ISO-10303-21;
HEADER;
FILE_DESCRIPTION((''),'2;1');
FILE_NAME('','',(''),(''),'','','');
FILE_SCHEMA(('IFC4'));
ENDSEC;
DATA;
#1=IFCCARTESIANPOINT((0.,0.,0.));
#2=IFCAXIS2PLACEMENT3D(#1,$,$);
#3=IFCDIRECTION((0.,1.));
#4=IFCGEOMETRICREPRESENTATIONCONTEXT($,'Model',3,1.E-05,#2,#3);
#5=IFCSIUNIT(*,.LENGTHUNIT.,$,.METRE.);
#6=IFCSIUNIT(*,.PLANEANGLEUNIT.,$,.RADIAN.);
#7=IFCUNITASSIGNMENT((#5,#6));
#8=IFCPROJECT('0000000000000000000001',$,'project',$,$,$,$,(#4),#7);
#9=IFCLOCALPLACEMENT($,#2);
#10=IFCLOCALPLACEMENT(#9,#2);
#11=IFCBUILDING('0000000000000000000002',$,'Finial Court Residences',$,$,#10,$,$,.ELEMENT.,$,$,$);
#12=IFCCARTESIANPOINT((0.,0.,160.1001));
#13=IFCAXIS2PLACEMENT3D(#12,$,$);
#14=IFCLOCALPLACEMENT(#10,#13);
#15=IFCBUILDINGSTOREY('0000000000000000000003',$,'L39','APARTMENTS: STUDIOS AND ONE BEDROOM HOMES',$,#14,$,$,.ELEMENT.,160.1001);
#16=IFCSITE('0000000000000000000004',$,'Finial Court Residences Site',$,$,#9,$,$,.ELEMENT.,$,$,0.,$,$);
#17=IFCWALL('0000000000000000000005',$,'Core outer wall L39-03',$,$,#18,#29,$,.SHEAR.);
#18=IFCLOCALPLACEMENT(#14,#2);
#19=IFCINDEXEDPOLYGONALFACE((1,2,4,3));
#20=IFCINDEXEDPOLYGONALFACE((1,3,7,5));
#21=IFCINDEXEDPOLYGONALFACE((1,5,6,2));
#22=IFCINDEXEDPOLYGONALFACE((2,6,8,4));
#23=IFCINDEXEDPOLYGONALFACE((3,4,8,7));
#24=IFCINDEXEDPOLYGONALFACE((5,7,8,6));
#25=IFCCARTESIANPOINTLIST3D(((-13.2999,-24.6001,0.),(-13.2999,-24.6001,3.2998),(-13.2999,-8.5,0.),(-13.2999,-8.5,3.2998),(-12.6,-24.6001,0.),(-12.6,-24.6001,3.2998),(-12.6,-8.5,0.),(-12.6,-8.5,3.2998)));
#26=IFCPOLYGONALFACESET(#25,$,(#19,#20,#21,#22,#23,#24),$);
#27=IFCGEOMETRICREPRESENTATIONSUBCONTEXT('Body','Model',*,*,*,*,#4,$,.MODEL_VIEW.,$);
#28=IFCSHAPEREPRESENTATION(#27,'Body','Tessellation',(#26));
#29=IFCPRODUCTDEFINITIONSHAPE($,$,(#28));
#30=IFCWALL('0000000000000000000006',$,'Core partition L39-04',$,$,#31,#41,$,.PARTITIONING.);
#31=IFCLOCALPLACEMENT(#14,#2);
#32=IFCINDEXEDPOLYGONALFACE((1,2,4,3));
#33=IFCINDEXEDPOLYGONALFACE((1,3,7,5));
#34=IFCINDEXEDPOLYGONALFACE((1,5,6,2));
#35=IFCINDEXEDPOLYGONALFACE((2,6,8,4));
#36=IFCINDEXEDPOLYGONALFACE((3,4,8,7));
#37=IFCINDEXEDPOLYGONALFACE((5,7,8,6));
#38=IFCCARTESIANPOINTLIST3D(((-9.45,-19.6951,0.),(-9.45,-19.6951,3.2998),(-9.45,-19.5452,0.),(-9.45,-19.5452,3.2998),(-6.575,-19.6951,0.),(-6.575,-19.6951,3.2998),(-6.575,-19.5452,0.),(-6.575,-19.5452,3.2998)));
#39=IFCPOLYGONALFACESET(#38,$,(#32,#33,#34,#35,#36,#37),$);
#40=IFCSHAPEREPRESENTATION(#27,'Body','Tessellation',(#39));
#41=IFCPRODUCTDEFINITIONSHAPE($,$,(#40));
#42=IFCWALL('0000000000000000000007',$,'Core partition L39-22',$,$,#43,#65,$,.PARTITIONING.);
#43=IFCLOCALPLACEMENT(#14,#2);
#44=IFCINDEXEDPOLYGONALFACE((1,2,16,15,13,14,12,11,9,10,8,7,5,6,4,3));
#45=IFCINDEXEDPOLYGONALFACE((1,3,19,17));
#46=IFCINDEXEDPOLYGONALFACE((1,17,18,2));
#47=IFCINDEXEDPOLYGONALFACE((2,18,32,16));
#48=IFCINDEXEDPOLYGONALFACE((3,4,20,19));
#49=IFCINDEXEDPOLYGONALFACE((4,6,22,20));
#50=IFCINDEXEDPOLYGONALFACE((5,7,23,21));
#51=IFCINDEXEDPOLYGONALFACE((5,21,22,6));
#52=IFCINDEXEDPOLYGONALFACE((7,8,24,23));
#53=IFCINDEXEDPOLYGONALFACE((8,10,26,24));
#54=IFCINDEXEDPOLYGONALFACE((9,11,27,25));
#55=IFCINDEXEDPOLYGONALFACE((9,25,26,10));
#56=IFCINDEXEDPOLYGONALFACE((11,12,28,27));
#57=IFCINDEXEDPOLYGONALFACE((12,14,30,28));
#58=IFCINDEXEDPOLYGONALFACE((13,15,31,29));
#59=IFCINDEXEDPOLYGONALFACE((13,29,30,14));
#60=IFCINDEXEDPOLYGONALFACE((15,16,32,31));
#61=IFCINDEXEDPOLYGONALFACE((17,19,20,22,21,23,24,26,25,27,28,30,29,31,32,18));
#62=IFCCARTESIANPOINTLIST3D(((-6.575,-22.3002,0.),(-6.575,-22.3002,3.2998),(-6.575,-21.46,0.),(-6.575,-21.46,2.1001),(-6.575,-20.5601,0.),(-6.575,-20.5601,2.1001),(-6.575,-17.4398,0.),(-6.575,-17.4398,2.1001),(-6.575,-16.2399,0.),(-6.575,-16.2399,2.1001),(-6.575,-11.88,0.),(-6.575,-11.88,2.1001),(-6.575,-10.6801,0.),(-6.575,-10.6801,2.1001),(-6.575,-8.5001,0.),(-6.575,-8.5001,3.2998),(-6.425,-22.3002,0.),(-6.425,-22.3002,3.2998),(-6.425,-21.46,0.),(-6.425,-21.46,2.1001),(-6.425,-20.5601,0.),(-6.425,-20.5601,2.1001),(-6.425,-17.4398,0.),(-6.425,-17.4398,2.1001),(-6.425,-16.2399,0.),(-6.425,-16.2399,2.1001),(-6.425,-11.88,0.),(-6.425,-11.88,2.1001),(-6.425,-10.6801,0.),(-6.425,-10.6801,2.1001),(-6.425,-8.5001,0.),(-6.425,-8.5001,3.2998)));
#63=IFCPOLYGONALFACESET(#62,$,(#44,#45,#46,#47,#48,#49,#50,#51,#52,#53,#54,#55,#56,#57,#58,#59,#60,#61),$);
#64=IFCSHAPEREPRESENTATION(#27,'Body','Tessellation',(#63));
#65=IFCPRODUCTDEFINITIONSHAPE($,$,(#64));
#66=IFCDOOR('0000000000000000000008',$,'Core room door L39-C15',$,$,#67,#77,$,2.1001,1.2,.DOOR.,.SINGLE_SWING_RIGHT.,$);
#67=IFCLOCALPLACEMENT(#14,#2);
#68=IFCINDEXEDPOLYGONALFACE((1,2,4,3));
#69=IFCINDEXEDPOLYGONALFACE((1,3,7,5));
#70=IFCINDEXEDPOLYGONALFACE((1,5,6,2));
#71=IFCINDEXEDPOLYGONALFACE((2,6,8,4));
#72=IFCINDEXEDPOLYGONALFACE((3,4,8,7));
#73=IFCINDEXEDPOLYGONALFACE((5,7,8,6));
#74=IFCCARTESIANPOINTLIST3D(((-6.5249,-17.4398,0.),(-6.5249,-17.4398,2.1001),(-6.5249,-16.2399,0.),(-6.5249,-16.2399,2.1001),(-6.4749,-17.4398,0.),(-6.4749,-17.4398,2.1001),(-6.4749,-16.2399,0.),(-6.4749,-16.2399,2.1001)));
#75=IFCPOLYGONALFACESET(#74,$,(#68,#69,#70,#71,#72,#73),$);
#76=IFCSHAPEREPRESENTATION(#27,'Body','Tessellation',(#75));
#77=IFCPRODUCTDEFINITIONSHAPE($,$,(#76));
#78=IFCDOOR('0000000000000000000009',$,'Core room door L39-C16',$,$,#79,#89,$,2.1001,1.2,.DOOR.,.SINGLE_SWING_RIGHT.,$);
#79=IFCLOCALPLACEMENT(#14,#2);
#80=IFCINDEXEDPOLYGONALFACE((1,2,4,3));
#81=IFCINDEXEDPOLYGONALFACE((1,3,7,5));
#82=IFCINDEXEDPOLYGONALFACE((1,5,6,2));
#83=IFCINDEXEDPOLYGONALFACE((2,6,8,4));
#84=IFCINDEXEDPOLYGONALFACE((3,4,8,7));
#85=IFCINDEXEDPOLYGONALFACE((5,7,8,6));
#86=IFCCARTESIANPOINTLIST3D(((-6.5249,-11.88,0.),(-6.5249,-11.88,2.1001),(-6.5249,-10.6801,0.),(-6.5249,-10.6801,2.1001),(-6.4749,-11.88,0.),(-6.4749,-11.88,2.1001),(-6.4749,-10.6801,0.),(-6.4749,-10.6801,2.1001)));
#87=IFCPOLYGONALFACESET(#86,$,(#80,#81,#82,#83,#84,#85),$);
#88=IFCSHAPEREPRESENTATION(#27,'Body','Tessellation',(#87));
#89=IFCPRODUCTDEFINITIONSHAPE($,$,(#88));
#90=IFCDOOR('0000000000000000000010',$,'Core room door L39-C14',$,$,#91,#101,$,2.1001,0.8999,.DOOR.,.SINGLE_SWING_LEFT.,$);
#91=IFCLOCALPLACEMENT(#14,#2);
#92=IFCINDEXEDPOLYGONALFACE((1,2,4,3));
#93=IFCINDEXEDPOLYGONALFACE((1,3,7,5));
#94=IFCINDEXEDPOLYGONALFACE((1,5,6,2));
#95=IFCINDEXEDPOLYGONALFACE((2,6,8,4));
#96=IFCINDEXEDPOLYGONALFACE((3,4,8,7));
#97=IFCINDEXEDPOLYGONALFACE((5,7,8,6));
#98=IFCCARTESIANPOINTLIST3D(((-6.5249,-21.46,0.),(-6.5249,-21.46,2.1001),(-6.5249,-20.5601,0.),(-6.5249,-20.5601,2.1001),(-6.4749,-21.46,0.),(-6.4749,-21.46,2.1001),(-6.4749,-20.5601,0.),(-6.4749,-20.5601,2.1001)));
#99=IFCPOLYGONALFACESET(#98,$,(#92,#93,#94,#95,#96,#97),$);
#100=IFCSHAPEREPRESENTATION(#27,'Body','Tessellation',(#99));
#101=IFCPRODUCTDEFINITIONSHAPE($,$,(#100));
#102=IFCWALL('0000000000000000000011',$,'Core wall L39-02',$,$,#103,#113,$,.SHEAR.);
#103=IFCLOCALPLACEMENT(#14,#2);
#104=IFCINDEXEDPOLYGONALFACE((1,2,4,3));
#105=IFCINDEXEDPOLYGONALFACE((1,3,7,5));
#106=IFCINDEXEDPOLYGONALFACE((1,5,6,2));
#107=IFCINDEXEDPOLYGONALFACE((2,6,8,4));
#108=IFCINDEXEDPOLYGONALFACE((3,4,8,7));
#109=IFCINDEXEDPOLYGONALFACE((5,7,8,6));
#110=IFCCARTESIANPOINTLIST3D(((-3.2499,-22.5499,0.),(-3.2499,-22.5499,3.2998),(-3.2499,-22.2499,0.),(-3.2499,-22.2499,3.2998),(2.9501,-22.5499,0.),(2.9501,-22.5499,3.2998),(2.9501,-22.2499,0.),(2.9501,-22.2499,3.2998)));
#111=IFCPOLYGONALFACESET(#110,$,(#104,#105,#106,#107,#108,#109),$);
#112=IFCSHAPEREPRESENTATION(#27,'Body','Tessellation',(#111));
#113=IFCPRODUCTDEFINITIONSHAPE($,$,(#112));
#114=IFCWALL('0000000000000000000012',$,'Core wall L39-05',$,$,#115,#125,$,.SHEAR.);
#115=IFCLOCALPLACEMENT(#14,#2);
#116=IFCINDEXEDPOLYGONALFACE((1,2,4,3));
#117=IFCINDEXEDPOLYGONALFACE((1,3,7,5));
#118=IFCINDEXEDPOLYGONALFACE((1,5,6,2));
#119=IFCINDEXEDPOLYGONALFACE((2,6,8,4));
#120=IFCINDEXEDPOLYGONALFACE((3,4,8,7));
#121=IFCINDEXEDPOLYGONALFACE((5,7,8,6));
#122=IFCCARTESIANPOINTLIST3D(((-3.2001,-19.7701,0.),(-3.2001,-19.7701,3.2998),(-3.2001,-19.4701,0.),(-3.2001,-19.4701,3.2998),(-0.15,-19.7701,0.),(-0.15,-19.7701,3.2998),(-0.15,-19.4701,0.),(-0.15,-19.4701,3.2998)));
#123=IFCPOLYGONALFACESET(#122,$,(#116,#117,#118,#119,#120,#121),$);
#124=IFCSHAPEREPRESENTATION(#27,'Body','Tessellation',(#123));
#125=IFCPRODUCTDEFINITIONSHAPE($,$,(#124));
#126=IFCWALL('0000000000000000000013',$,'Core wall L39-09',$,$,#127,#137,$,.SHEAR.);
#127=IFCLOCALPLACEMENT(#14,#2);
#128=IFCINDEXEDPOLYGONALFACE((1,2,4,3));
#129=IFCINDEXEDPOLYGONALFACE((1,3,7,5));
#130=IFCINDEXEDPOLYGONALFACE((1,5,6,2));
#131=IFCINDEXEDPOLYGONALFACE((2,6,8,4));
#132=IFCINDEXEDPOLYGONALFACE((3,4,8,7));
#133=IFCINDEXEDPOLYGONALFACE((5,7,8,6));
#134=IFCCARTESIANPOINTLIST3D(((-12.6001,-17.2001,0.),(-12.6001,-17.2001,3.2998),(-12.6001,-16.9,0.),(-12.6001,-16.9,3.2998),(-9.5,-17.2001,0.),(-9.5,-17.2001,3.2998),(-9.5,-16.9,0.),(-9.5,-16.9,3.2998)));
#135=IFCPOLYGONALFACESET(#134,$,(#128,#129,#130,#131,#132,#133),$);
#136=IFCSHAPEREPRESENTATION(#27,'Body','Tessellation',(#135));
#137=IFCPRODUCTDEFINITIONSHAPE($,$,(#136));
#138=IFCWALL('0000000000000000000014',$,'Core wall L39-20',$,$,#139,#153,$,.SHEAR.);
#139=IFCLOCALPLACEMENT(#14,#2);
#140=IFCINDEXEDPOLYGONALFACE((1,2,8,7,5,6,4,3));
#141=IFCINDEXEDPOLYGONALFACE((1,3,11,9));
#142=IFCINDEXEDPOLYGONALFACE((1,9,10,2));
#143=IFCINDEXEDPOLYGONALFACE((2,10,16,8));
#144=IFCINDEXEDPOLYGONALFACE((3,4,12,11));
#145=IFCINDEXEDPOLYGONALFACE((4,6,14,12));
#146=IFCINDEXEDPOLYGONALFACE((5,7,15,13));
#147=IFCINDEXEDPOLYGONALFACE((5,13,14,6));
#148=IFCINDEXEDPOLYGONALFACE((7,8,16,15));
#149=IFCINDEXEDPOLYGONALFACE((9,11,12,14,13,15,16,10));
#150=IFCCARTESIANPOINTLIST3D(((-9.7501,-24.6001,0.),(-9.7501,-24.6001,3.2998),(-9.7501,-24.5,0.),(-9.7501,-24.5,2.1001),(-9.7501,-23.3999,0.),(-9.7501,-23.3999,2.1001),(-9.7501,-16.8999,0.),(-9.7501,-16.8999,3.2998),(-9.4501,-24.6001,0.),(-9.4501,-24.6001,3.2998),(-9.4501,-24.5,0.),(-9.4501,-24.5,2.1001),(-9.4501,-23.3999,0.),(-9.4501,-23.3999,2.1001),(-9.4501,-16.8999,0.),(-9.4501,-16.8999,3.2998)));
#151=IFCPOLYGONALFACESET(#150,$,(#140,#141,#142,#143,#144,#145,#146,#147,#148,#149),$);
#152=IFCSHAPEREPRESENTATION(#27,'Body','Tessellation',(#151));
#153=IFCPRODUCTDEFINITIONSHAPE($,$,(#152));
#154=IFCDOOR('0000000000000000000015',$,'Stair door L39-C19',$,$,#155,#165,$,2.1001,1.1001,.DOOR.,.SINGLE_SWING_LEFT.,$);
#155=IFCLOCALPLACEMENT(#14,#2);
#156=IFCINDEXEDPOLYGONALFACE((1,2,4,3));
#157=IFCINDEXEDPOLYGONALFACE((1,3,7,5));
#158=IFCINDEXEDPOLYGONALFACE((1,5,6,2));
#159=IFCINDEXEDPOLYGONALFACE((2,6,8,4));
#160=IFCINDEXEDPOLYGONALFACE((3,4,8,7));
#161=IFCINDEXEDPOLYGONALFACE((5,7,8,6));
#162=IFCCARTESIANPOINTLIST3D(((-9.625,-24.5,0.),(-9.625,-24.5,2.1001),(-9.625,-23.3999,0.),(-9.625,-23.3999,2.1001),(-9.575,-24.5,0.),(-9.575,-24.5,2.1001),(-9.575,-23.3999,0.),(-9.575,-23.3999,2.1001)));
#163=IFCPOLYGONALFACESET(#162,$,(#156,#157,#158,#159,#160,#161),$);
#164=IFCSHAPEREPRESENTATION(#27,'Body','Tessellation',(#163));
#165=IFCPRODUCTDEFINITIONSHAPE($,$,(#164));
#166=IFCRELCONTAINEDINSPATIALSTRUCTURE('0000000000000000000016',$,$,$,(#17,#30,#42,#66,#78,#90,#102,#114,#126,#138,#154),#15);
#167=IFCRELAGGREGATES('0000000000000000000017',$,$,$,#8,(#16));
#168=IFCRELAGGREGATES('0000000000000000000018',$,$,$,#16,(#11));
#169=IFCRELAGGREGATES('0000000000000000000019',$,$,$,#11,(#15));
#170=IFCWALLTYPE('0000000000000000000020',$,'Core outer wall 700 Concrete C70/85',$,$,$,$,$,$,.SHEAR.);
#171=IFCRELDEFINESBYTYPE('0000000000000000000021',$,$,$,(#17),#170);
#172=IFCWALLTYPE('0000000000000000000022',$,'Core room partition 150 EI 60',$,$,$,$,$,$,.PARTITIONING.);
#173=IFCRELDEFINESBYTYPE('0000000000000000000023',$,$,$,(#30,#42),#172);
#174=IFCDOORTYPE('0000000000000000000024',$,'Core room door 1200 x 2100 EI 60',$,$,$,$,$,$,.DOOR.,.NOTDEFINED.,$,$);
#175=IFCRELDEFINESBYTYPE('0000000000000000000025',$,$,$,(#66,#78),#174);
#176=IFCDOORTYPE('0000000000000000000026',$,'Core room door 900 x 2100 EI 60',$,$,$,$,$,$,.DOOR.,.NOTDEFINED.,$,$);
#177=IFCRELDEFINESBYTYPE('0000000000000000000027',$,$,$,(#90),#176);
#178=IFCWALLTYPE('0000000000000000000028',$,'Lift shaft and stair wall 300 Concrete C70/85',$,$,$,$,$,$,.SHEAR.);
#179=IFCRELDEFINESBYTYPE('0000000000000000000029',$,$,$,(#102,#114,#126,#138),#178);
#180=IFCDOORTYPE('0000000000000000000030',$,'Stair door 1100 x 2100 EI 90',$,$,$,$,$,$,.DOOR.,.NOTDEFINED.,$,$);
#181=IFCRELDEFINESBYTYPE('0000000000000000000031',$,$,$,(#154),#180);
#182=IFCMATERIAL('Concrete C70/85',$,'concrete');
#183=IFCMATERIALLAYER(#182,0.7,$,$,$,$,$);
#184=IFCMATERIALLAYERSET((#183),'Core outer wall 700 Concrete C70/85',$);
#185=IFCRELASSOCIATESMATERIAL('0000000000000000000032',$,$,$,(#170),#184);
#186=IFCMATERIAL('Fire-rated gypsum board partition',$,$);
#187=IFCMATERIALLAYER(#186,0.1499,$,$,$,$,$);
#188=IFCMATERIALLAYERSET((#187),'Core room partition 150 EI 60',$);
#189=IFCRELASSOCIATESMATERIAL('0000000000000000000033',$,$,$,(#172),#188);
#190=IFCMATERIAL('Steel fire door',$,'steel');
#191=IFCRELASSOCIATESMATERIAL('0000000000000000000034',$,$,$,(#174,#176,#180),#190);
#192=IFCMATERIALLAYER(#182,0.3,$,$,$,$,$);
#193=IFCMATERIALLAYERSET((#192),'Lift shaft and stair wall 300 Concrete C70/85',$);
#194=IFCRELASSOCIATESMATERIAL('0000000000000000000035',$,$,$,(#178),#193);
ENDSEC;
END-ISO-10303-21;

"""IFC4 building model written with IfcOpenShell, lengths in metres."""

from ifc_helpers import new_model, si_unit, direction, frame, frame_2d, origin, place, context, subcontext, project, spatial, rectangle, extrude, material, layer, layer_set, type_object, element, fill, save


model = new_model("IFC4")

# Units and contexts
model_context = context("Model", 3, precision=1e-05, world=origin(), true_north=direction((0.0, 1.0)))
body_context = subcontext(model_context, "Body", "Model", "MODEL_VIEW")
ifc_project = project(units=[si_unit("LENGTHUNIT", "METRE"), si_unit("PLANEANGLEUNIT", "RADIAN")], contexts=[model_context])

# Site, building, storey
site_placement = place(None, origin())
site = spatial("IfcSite", under=ifc_project, at=site_placement, Name="Finial Court Residences Site", CompositionType="ELEMENT", RefElevation=0.0)
building_placement = place(site_placement, origin())
building = spatial("IfcBuilding", under=site, at=building_placement, Name="Finial Court Residences", CompositionType="ELEMENT")
storey_placement = place(building_placement, frame((0.0, 0.0, 160.1001)))
storey = spatial("IfcBuildingStorey", under=building, at=storey_placement, Name="L39", Description="APARTMENTS: STUDIOS AND ONE BEDROOM HOMES", CompositionType="ELEMENT", Elevation=160.1001)

# Walls
ifc_material_1 = material(Name="Concrete C70/85", Category="concrete")
ifc_layer_1 = layer(ifc_material_1, 0.7)
ifc_layer_set_1 = layer_set([ifc_layer_1], Name="Core outer wall 700 Concrete C70/85")
wall_type_1 = type_object("IfcWallType", Name="Core outer wall 700 Concrete C70/85", PredefinedType="SHEAR", material=ifc_layer_set_1)
wall_1_placement = place(storey_placement, frame((-12.95, -24.6001, 0.0), z_axis=(0.0, 0.0, 1.0), x_axis=(0.0, 1.0, 0.0)))
element("IfcWall", 1, at=wall_1_placement, inside=storey, type_object=wall_type_1, Name="Core outer wall L39-03", PredefinedType="SHEAR", context=body_context, shape_type="SweptSolid", body=[
    extrude(rectangle(XDim=16.1001, YDim=0.7, at=frame_2d((8.05, 0.0))), origin(), (0.0, 0.0, 1.0), 3.2998),
])
ifc_material_2 = material(Name="Fire-rated gypsum board partition")
ifc_layer_2 = layer(ifc_material_2, 0.1499)
ifc_layer_set_2 = layer_set([ifc_layer_2], Name="Core room partition 150 EI 60")
wall_type_2 = type_object("IfcWallType", Name="Core room partition 150 EI 60", PredefinedType="PARTITIONING", material=ifc_layer_set_2)
wall_2_placement = place(storey_placement, frame((-9.45, -19.6201, 0.0), z_axis=(0.0, 0.0, 1.0), x_axis=(1.0, 0.0, 0.0)))
element("IfcWall", 2, at=wall_2_placement, inside=storey, type_object=wall_type_2, Name="Core partition L39-04", PredefinedType="PARTITIONING", context=body_context, shape_type="SweptSolid", body=[
    extrude(rectangle(XDim=2.875, YDim=0.1499, at=frame_2d((1.4375, 0.0))), origin(), (0.0, 0.0, 1.0), 3.2998),
])

# Wall, openings, doors
wall_3_placement = place(storey_placement, frame((-6.5, -22.3, 0.0), z_axis=(0.0, 0.0, 1.0), x_axis=(0.0, 1.0, 0.0)))
wall_3 = element("IfcWall", 3, at=wall_3_placement, inside=storey, type_object=wall_type_2, Name="Core partition L39-22", PredefinedType="PARTITIONING", context=body_context, shape_type="SweptSolid", body=[
    extrude(rectangle(XDim=13.8, YDim=0.1499, at=frame_2d((6.8999, 0.0))), origin(), (0.0, 0.0, 1.0), 3.2998),
])
opening_1_placement = place(wall_3_placement, frame((0.8401, 0.0, 0.0)))
opening_1 = element("IfcOpeningElement", 4, at=opening_1_placement, cuts=wall_3, PredefinedType="OPENING", context=body_context, shape_type="SweptSolid", body=[
    extrude(rectangle(XDim=0.8999, YDim=2.1001, at=frame_2d((0.45, 1.05))), frame((0.0, 0.085, 0.0), z_axis=(0.0, -1.0, 0.0), x_axis=(1.0, 0.0, 0.0)), (0.0, 0.0, 1.0), 0.1699),
])
opening_2_placement = place(wall_3_placement, frame((4.8601, 0.0, 0.0)))
opening_2 = element("IfcOpeningElement", 5, at=opening_2_placement, cuts=wall_3, PredefinedType="OPENING", context=body_context, shape_type="SweptSolid", body=[
    extrude(rectangle(XDim=1.2, YDim=2.1001, at=frame_2d((0.6001, 1.05))), frame((0.0, 0.085, 0.0), z_axis=(0.0, -1.0, 0.0), x_axis=(1.0, 0.0, 0.0)), (0.0, 0.0, 1.0), 0.1699),
])
opening_3_placement = place(wall_3_placement, frame((10.4199, 0.0, 0.0)))
opening_3 = element("IfcOpeningElement", 6, at=opening_3_placement, cuts=wall_3, PredefinedType="OPENING", context=body_context, shape_type="SweptSolid", body=[
    extrude(rectangle(XDim=1.2, YDim=2.1001, at=frame_2d((0.6001, 1.05))), frame((0.0, 0.085, 0.0), z_axis=(0.0, -1.0, 0.0), x_axis=(1.0, 0.0, 0.0)), (0.0, 0.0, 1.0), 0.1699),
])
ifc_material_3 = material(Name="Steel fire door", Category="steel")
door_type_1 = type_object("IfcDoorType", Name="Core room door 1200 x 2100 EI 60", OperationType="NOTDEFINED", PredefinedType="DOOR", material=ifc_material_3)
door_1_placement = place(opening_2_placement, origin())
door_1 = element("IfcDoor", 7, at=door_1_placement, inside=storey, type_object=door_type_1, Name="Core room door L39-C15", OperationType="SINGLE_SWING_RIGHT", OverallHeight=2.1001, OverallWidth=1.2, PredefinedType="DOOR", context=body_context, shape_type="SweptSolid", body=[
    extrude(rectangle(XDim=1.2, YDim=2.1001, at=frame_2d((0.6001, 1.05))), frame((0.0, 0.0249, 0.0), z_axis=(0.0, -1.0, 0.0), x_axis=(1.0, 0.0, 0.0)), (0.0, 0.0, 1.0), 0.05),
])
fill(opening_2, door_1)
door_2_placement = place(opening_3_placement, origin())
door_2 = element("IfcDoor", 8, at=door_2_placement, inside=storey, type_object=door_type_1, Name="Core room door L39-C16", OperationType="SINGLE_SWING_RIGHT", OverallHeight=2.1001, OverallWidth=1.2, PredefinedType="DOOR", context=body_context, shape_type="SweptSolid", body=[
    extrude(rectangle(XDim=1.2, YDim=2.1001, at=frame_2d((0.6001, 1.05))), frame((0.0, 0.0249, 0.0), z_axis=(0.0, -1.0, 0.0), x_axis=(1.0, 0.0, 0.0)), (0.0, 0.0, 1.0), 0.05),
])
fill(opening_3, door_2)
door_type_2 = type_object("IfcDoorType", Name="Core room door 900 x 2100 EI 60", OperationType="NOTDEFINED", PredefinedType="DOOR", material=ifc_material_3)
door_3_placement = place(opening_1_placement, origin())
door_3 = element("IfcDoor", 9, at=door_3_placement, inside=storey, type_object=door_type_2, Name="Core room door L39-C14", OperationType="SINGLE_SWING_LEFT", OverallHeight=2.1001, OverallWidth=0.8999, PredefinedType="DOOR", context=body_context, shape_type="SweptSolid", body=[
    extrude(rectangle(XDim=0.8999, YDim=2.1001, at=frame_2d((0.45, 1.05))), frame((0.0, 0.0249, 0.0), z_axis=(0.0, -1.0, 0.0), x_axis=(1.0, 0.0, 0.0)), (0.0, 0.0, 1.0), 0.05),
])
fill(opening_1, door_3)

# Walls
ifc_layer_3 = layer(ifc_material_1, 0.3)
ifc_layer_set_3 = layer_set([ifc_layer_3], Name="Lift shaft and stair wall 300 Concrete C70/85")
wall_type_3 = type_object("IfcWallType", Name="Lift shaft and stair wall 300 Concrete C70/85", PredefinedType="SHEAR", material=ifc_layer_set_3)
wall_4_placement = place(storey_placement, frame((-3.25, -22.3999, 0.0), z_axis=(0.0, 0.0, 1.0), x_axis=(1.0, 0.0, 0.0)))
element("IfcWall", 10, at=wall_4_placement, inside=storey, type_object=wall_type_3, Name="Core wall L39-02", PredefinedType="SHEAR", context=body_context, shape_type="SweptSolid", body=[
    extrude(rectangle(XDim=6.2, YDim=0.3, at=frame_2d((3.1001, 0.0))), origin(), (0.0, 0.0, 1.0), 3.2998),
])
wall_5_placement = place(storey_placement, frame((-3.2, -19.6201, 0.0), z_axis=(0.0, 0.0, 1.0), x_axis=(1.0, 0.0, 0.0)))
element("IfcWall", 11, at=wall_5_placement, inside=storey, type_object=wall_type_3, Name="Core wall L39-05", PredefinedType="SHEAR", context=body_context, shape_type="SweptSolid", body=[
    extrude(rectangle(XDim=3.05, YDim=0.3, at=frame_2d((1.5249, 0.0))), origin(), (0.0, 0.0, 1.0), 3.2998),
])
wall_6_placement = place(storey_placement, frame((-12.6001, -17.05, 0.0), z_axis=(0.0, 0.0, 1.0), x_axis=(1.0, 0.0, 0.0)))
element("IfcWall", 12, at=wall_6_placement, inside=storey, type_object=wall_type_3, Name="Core wall L39-09", PredefinedType="SHEAR", context=body_context, shape_type="SweptSolid", body=[
    extrude(rectangle(XDim=3.1001, YDim=0.3, at=frame_2d((1.55, 0.0))), origin(), (0.0, 0.0, 1.0), 3.2998),
])

# Wall, opening, door
wall_7_placement = place(storey_placement, frame((-9.6001, -24.6001, 0.0), z_axis=(0.0, 0.0, 1.0), x_axis=(0.0, 1.0, 0.0)))
wall_7 = element("IfcWall", 13, at=wall_7_placement, inside=storey, type_object=wall_type_3, Name="Core wall L39-20", PredefinedType="SHEAR", context=body_context, shape_type="SweptSolid", body=[
    extrude(rectangle(XDim=7.7002, YDim=0.3, at=frame_2d((3.8501, 0.0))), origin(), (0.0, 0.0, 1.0), 3.2998),
])
opening_4_placement = place(wall_7_placement, frame((0.1001, 0.0, 0.0)))
opening_4 = element("IfcOpeningElement", 14, at=opening_4_placement, cuts=wall_7, PredefinedType="OPENING", context=body_context, shape_type="SweptSolid", body=[
    extrude(rectangle(XDim=1.1001, YDim=2.1001, at=frame_2d((0.55, 1.05))), frame((0.0, 0.1599, 0.0), z_axis=(0.0, -1.0, 0.0), x_axis=(1.0, 0.0, 0.0)), (0.0, 0.0, 1.0), 0.3201),
])
door_type_3 = type_object("IfcDoorType", Name="Stair door 1100 x 2100 EI 90", OperationType="NOTDEFINED", PredefinedType="DOOR", material=ifc_material_3)
door_4_placement = place(opening_4_placement, origin())
door_4 = element("IfcDoor", 15, at=door_4_placement, inside=storey, type_object=door_type_3, Name="Stair door L39-C19", OperationType="SINGLE_SWING_LEFT", OverallHeight=2.1001, OverallWidth=1.1001, PredefinedType="DOOR", context=body_context, shape_type="SweptSolid", body=[
    extrude(rectangle(XDim=1.1001, YDim=2.1001, at=frame_2d((0.55, 1.05))), frame((0.0, 0.0249, 0.0), z_axis=(0.0, -1.0, 0.0), x_axis=(1.0, 0.0, 0.0)), (0.0, 0.0, 1.0), 0.05),
])
fill(opening_4, door_4)

save(model, "model.ifc")
